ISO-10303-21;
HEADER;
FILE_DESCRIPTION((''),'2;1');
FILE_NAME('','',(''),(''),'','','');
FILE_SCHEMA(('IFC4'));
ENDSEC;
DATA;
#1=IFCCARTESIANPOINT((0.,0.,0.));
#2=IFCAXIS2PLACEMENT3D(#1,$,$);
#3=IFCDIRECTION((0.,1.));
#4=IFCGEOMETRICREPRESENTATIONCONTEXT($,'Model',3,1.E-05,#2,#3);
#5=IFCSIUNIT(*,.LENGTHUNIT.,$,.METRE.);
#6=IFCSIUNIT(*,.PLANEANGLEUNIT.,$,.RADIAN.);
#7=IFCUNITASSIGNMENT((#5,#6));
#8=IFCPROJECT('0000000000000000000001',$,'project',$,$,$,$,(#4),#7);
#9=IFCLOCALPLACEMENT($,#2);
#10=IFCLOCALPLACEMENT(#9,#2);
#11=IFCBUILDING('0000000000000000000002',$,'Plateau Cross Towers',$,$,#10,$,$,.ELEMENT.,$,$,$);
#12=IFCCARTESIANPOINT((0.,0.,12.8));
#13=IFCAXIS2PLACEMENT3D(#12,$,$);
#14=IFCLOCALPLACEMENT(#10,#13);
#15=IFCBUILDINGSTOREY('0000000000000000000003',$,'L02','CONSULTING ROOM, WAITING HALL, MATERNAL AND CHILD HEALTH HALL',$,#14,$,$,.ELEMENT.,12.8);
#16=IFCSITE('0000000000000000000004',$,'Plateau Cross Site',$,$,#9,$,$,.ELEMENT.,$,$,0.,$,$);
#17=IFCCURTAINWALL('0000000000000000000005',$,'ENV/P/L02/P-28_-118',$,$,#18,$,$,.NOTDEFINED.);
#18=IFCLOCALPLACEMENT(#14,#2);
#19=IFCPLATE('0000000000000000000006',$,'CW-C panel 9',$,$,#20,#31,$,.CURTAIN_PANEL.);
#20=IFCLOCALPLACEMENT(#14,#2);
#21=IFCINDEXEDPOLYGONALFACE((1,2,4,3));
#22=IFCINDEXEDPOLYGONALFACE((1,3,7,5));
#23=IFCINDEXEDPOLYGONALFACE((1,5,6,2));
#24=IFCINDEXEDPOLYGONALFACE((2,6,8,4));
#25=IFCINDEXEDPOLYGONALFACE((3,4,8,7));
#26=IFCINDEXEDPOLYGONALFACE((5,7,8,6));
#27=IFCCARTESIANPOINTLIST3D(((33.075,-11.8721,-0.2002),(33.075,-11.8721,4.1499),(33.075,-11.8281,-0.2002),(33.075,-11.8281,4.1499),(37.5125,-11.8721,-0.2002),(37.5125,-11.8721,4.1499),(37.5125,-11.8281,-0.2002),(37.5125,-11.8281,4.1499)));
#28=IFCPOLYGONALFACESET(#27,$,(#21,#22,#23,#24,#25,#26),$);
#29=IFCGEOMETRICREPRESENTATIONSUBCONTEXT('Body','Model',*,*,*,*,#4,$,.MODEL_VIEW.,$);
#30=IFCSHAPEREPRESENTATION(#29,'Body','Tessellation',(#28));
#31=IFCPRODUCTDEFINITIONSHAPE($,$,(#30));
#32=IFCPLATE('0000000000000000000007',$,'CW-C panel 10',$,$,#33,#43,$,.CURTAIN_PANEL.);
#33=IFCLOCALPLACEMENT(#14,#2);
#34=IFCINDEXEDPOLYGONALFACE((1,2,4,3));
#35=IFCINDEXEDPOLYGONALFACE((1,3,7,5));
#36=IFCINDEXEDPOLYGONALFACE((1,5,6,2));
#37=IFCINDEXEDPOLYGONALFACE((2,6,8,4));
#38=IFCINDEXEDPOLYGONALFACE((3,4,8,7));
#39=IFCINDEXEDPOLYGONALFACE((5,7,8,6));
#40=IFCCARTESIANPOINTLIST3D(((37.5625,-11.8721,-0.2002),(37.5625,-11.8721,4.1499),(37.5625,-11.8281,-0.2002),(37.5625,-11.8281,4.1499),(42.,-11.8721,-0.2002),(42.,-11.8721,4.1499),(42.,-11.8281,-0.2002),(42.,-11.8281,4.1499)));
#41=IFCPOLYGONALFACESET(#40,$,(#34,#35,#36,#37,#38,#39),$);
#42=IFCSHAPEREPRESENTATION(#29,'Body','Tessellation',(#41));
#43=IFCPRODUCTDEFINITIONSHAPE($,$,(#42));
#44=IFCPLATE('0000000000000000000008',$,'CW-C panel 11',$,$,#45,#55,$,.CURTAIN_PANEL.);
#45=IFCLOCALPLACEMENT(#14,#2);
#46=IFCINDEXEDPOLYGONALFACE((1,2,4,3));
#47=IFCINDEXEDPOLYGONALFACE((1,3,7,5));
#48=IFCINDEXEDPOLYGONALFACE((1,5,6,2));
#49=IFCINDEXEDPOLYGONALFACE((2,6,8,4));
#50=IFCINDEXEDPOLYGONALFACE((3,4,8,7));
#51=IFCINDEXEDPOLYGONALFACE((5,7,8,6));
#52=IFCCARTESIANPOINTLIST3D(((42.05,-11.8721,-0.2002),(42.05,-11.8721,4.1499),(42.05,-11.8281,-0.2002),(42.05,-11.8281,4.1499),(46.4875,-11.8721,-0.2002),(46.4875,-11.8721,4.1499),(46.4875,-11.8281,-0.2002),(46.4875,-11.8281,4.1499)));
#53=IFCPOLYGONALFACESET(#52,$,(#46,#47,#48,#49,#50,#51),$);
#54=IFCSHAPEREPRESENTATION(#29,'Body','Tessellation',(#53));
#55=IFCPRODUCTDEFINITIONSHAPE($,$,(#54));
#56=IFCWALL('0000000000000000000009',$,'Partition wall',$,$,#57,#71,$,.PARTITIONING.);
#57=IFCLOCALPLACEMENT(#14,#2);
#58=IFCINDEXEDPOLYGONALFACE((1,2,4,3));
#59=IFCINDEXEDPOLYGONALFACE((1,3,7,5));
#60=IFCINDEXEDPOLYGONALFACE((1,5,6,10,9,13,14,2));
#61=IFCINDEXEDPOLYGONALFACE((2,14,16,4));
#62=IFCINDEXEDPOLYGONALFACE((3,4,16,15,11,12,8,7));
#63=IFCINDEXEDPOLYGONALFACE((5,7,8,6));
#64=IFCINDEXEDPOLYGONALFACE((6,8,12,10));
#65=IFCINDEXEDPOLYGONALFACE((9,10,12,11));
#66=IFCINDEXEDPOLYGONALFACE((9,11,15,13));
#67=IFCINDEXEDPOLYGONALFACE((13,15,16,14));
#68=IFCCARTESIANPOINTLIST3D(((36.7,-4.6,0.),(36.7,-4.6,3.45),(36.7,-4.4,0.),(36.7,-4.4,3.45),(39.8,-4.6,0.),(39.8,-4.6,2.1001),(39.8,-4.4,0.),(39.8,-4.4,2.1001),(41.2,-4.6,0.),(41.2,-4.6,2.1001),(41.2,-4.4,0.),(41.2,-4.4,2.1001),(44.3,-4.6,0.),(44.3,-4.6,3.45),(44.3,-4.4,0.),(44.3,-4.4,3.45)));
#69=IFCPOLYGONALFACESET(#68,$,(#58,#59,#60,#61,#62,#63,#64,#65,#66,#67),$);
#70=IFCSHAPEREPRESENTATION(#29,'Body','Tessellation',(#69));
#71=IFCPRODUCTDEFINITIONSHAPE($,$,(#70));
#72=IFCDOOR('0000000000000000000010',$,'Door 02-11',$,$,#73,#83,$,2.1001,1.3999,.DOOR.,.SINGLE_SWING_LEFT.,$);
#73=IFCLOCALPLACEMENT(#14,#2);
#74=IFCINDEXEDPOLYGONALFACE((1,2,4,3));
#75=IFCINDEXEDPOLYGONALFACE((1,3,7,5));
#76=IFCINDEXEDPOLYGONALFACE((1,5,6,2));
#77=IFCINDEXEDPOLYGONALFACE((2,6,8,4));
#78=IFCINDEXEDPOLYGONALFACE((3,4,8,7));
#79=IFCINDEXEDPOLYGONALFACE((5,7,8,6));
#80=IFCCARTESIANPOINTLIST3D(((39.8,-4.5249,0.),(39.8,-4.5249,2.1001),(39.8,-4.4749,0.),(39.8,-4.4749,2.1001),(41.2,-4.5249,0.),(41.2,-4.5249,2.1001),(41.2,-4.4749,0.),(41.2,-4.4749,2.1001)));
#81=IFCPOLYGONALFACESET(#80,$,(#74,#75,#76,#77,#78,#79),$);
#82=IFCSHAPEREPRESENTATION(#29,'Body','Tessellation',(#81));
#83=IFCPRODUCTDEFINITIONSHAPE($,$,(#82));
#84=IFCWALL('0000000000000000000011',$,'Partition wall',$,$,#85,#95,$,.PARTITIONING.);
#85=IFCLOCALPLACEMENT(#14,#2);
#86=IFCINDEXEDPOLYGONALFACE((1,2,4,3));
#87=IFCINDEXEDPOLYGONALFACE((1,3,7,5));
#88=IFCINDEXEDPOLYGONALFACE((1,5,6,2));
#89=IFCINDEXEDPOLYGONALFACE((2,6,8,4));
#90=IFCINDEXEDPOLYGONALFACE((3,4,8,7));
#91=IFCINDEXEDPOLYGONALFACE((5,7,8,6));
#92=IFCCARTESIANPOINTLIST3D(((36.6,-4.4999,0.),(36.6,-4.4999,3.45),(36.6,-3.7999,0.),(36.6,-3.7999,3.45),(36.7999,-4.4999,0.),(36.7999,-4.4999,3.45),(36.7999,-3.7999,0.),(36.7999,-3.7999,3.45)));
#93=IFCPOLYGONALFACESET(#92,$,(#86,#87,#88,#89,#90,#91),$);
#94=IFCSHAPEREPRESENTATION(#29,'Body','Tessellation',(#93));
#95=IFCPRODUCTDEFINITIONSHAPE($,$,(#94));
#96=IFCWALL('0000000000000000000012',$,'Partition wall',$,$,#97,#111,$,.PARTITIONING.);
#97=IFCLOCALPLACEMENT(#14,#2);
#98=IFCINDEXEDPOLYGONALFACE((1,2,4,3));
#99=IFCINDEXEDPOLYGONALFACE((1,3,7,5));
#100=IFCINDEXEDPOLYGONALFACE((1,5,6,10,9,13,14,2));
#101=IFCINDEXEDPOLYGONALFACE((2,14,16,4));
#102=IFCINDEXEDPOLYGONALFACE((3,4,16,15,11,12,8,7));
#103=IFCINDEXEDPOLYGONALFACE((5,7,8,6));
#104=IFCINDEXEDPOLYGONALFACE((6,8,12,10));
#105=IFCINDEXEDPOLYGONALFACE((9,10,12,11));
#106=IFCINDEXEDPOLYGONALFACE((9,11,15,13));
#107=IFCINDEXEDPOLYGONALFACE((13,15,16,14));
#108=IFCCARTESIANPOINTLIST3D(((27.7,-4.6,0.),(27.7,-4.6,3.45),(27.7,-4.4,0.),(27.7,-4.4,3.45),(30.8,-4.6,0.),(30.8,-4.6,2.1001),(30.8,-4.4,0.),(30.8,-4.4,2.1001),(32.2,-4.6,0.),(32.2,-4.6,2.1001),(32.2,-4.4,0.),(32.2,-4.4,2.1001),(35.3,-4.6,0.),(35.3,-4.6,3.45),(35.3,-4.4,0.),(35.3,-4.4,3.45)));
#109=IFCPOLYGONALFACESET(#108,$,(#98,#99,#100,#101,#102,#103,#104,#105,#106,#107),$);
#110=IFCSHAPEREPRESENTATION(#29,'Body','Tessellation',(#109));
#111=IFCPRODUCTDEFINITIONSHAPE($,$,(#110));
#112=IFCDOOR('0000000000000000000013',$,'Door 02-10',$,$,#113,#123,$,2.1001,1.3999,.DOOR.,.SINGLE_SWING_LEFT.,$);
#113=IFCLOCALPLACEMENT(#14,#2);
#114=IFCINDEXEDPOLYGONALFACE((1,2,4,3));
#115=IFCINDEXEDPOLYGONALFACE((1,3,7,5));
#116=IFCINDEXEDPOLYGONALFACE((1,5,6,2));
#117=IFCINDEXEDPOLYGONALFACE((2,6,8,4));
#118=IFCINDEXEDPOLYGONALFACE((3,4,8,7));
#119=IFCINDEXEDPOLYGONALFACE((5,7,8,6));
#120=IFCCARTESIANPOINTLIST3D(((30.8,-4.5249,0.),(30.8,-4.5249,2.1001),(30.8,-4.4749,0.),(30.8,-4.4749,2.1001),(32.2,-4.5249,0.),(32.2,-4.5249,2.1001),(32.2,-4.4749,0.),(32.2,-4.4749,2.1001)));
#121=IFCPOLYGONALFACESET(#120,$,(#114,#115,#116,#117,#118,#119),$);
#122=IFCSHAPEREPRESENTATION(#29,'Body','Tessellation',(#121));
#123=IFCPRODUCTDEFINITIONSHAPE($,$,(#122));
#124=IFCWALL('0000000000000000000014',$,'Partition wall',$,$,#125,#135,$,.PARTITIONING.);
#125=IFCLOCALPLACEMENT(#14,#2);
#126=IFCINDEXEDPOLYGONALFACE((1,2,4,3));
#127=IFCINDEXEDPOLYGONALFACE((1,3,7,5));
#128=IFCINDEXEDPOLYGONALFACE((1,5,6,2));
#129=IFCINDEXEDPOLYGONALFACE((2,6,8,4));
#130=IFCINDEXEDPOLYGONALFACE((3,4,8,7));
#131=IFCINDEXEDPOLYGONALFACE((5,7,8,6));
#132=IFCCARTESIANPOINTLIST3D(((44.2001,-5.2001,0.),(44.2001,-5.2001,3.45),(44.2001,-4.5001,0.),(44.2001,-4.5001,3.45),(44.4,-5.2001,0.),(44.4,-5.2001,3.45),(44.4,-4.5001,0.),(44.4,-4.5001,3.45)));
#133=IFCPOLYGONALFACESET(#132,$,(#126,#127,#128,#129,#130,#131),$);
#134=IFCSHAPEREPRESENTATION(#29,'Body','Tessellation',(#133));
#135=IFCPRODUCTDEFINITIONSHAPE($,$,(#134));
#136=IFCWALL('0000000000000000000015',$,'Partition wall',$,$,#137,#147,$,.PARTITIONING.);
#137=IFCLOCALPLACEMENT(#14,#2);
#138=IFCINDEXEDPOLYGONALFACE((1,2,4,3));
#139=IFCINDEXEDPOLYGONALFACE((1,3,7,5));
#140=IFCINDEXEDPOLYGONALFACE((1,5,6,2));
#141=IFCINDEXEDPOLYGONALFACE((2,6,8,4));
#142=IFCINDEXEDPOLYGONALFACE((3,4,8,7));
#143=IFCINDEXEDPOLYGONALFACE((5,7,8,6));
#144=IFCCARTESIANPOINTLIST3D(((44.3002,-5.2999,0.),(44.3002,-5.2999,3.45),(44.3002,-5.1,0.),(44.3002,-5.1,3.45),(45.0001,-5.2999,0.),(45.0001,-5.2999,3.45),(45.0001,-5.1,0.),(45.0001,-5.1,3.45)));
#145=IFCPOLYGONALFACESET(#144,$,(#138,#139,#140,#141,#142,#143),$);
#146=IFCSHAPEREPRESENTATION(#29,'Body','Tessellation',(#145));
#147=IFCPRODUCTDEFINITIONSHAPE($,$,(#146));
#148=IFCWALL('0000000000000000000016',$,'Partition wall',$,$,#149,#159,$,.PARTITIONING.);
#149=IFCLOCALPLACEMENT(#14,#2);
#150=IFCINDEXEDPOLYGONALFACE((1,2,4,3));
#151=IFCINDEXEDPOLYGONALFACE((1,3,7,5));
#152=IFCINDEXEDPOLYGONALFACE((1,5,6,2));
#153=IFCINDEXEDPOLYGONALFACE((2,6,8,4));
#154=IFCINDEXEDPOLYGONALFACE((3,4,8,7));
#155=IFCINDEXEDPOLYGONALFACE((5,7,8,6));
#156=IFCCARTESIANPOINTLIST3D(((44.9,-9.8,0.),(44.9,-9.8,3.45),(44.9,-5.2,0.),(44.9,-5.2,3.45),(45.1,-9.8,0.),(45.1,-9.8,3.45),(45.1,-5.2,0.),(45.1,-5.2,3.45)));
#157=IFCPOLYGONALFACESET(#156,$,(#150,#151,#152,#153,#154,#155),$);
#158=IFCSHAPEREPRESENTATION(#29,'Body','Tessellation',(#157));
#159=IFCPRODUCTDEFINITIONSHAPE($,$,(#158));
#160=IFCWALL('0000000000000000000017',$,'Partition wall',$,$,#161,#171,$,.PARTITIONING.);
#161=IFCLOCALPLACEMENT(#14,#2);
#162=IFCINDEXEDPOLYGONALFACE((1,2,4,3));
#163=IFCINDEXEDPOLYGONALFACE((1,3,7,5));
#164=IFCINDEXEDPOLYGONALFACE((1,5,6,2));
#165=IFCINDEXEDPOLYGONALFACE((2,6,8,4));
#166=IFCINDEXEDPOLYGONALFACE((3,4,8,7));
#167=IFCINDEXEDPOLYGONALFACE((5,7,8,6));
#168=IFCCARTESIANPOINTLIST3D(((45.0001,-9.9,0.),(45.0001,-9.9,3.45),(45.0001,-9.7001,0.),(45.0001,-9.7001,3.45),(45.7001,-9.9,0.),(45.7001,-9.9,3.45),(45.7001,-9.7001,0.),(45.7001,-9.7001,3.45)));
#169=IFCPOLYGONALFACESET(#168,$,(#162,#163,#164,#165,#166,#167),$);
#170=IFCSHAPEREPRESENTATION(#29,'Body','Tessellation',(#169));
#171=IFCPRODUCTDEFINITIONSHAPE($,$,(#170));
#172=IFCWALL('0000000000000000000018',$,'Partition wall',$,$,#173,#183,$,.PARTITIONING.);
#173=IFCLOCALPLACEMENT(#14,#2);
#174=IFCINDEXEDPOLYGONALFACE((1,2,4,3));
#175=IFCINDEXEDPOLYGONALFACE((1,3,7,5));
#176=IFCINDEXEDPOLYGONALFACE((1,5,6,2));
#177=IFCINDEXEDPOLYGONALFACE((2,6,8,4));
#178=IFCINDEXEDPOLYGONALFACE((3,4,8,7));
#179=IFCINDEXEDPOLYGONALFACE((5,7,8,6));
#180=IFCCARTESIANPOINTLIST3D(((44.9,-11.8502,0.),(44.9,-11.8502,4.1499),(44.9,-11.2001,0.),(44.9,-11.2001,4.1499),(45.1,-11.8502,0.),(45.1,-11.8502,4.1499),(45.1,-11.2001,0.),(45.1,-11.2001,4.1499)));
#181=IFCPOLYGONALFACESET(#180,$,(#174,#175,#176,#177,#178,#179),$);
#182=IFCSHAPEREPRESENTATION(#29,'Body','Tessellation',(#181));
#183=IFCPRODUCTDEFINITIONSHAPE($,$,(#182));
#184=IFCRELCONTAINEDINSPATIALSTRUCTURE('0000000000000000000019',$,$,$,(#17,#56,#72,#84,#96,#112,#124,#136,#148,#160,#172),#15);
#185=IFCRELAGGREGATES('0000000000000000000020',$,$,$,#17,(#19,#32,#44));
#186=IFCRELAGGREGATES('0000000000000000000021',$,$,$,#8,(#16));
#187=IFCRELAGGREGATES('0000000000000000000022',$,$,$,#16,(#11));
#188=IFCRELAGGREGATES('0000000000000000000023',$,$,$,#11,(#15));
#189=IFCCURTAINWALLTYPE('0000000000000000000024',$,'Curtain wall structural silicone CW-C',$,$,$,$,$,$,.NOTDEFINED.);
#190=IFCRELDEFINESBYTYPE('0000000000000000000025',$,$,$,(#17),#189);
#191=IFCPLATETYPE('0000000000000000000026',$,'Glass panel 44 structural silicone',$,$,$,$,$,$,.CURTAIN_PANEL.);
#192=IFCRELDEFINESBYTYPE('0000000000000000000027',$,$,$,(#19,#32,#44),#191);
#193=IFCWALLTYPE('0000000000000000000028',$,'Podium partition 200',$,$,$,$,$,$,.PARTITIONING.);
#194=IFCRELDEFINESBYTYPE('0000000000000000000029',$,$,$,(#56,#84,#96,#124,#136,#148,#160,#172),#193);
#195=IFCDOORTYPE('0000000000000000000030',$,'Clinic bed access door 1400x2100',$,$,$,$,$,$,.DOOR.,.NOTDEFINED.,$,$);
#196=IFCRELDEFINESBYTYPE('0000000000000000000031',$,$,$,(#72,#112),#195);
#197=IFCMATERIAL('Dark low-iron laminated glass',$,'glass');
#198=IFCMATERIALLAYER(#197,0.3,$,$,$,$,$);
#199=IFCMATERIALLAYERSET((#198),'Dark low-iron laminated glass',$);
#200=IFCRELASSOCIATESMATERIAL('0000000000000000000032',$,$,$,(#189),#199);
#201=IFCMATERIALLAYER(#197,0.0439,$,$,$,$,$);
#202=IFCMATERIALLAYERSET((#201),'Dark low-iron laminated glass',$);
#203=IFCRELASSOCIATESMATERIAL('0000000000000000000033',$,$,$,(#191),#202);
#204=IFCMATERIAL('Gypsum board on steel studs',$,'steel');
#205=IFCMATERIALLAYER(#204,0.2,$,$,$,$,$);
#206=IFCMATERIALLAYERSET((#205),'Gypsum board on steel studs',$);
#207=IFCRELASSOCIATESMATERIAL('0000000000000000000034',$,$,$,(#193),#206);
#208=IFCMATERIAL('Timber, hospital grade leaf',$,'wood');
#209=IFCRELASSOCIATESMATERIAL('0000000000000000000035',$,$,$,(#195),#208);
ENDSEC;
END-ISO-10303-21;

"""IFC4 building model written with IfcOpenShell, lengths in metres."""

from ifc_helpers import new_model, si_unit, direction, frame, frame_2d, origin, origin_2d, place, context, subcontext, project, spatial, rectangle, extrude, material, layer, layer_set, type_object, element, fill, aggregate, save


model = new_model("IFC4")

# Units and contexts
model_context = context("Model", 3, precision=1e-05, world=origin(), true_north=direction((0.0, 1.0)))
body_context = subcontext(model_context, "Body", "Model", "MODEL_VIEW")
ifc_project = project(units=[si_unit("LENGTHUNIT", "METRE"), si_unit("PLANEANGLEUNIT", "RADIAN")], contexts=[model_context])

# Site, building, storey
site_placement = place(None, origin())
site = spatial("IfcSite", under=ifc_project, at=site_placement, Name="Plateau Cross Site", CompositionType="ELEMENT", RefElevation=0.0)
building_placement = place(site_placement, origin())
building = spatial("IfcBuilding", under=site, at=building_placement, Name="Plateau Cross Towers", CompositionType="ELEMENT")
storey_placement = place(building_placement, frame((0.0, 0.0, 12.8)))
storey = spatial("IfcBuildingStorey", under=building, at=storey_placement, Name="L02", Description="CONSULTING ROOM, WAITING HALL, MATERNAL AND CHILD HEALTH HALL", CompositionType="ELEMENT", Elevation=12.8)

# Curtain wall
ifc_material_1 = material(Name="Dark low-iron laminated glass", Category="glass")
ifc_layer_1 = layer(ifc_material_1, 0.3)
ifc_layer_set_1 = layer_set([ifc_layer_1], Name="Dark low-iron laminated glass")
curtain_wall_type = type_object("IfcCurtainWallType", Name="Curtain wall structural silicone CW-C", PredefinedType="NOTDEFINED", material=ifc_layer_set_1)
curtain_wall_placement = place(storey_placement, origin())
curtain_wall = element("IfcCurtainWall", 1, at=curtain_wall_placement, inside=storey, type_object=curtain_wall_type, Name="ENV/P/L02/P-28_-118", PredefinedType="NOTDEFINED")

# Plates
ifc_layer_2 = layer(ifc_material_1, 0.0439)
ifc_layer_set_2 = layer_set([ifc_layer_2], Name="Dark low-iron laminated glass")
plate_type = type_object("IfcPlateType", Name="Glass panel 44 structural silicone", PredefinedType="CURTAIN_PANEL", material=ifc_layer_set_2)
plate_1_placement = place(storey_placement, frame((35.2937, -11.8501, -0.2002), z_axis=(0.0, 0.0, 1.0), x_axis=(1.0, 0.0, 0.0)))
plate_1 = element("IfcPlate", 2, at=plate_1_placement, type_object=plate_type, Name="CW-C panel 9", PredefinedType="CURTAIN_PANEL", context=body_context, shape_type="SweptSolid", body=[
    extrude(rectangle(XDim=4.4375, YDim=0.0439, at=origin_2d()), origin(), (0.0, 0.0, 1.0), 4.3501),
])
plate_2_placement = place(storey_placement, frame((39.7812, -11.8501, -0.2002), z_axis=(0.0, 0.0, 1.0), x_axis=(1.0, 0.0, 0.0)))
plate_2 = element("IfcPlate", 3, at=plate_2_placement, type_object=plate_type, Name="CW-C panel 10", PredefinedType="CURTAIN_PANEL", context=body_context, shape_type="SweptSolid", body=[
    extrude(rectangle(XDim=4.4375, YDim=0.0439, at=origin_2d()), origin(), (0.0, 0.0, 1.0), 4.3501),
])
plate_3_placement = place(storey_placement, frame((44.2688, -11.8501, -0.2002), z_axis=(0.0, 0.0, 1.0), x_axis=(1.0, 0.0, 0.0)))
plate_3 = element("IfcPlate", 4, at=plate_3_placement, type_object=plate_type, Name="CW-C panel 11", PredefinedType="CURTAIN_PANEL", context=body_context, shape_type="SweptSolid", body=[
    extrude(rectangle(XDim=4.4375, YDim=0.0439, at=origin_2d()), origin(), (0.0, 0.0, 1.0), 4.3501),
])
aggregate(curtain_wall, [plate_1, plate_2, plate_3])

# Wall, opening, door
ifc_material_2 = material(Name="Gypsum board on steel studs", Category="steel")
ifc_layer_3 = layer(ifc_material_2, 0.2)
ifc_layer_set_3 = layer_set([ifc_layer_3], Name="Gypsum board on steel studs")
wall_type = type_object("IfcWallType", Name="Podium partition 200", PredefinedType="PARTITIONING", material=ifc_layer_set_3)
wall_1_placement = place(storey_placement, frame((44.3, -4.5, 0.0), z_axis=(0.0, 0.0, 1.0), x_axis=(-1.0, 0.0, 0.0)))
wall_1 = element("IfcWall", 5, at=wall_1_placement, inside=storey, type_object=wall_type, Name="Partition wall", PredefinedType="PARTITIONING", context=body_context, shape_type="SweptSolid", body=[
    extrude(rectangle(XDim=7.6001, YDim=0.2, at=frame_2d((3.8, 0.0))), origin(), (0.0, 0.0, 1.0), 3.45),
])
opening_1_placement = place(wall_1_placement, frame((3.1001, 0.0, 0.0)))
opening_1 = element("IfcOpeningElement", 6, at=opening_1_placement, cuts=wall_1, PredefinedType="OPENING", context=body_context, shape_type="SweptSolid", body=[
    extrude(rectangle(XDim=1.3999, YDim=2.1001, at=frame_2d((0.7, 1.05))), frame((0.0, 0.1099, 0.0), z_axis=(0.0, -1.0, 0.0), x_axis=(1.0, 0.0, 0.0)), (0.0, 0.0, 1.0), 0.22),
])
ifc_material_3 = material(Name="Timber, hospital grade leaf", Category="wood")
door_type = type_object("IfcDoorType", Name="Clinic bed access door 1400x2100", OperationType="NOTDEFINED", PredefinedType="DOOR", material=ifc_material_3)
door_1_placement = place(opening_1_placement, origin())
door_1 = element("IfcDoor", 7, at=door_1_placement, inside=storey, type_object=door_type, Name="Door 02-11", OperationType="SINGLE_SWING_LEFT", OverallHeight=2.1001, OverallWidth=1.3999, PredefinedType="DOOR", context=body_context, shape_type="SweptSolid", body=[
    extrude(rectangle(XDim=1.3999, YDim=2.1001, at=frame_2d((0.7, 1.05))), frame((0.0, 0.0249, 0.0), z_axis=(0.0, -1.0, 0.0), x_axis=(1.0, 0.0, 0.0)), (0.0, 0.0, 1.0), 0.05),
])
fill(opening_1, door_1)

# Wall
wall_2_placement = place(storey_placement, frame((36.7, -4.5, 0.0), z_axis=(0.0, 0.0, 1.0), x_axis=(0.0, 1.0, 0.0)))
element("IfcWall", 8, at=wall_2_placement, inside=storey, type_object=wall_type, Name="Partition wall", PredefinedType="PARTITIONING", context=body_context, shape_type="SweptSolid", body=[
    extrude(rectangle(XDim=0.7, YDim=0.2, at=frame_2d((0.3501, 0.0))), origin(), (0.0, 0.0, 1.0), 3.45),
])

# Wall, opening, door
wall_3_placement = place(storey_placement, frame((35.3, -4.5, 0.0), z_axis=(0.0, 0.0, 1.0), x_axis=(-1.0, 0.0, 0.0)))
wall_3 = element("IfcWall", 9, at=wall_3_placement, inside=storey, type_object=wall_type, Name="Partition wall", PredefinedType="PARTITIONING", context=body_context, shape_type="SweptSolid", body=[
    extrude(rectangle(XDim=7.6001, YDim=0.2, at=frame_2d((3.8, 0.0))), origin(), (0.0, 0.0, 1.0), 3.45),
])
opening_2_placement = place(wall_3_placement, frame((3.1001, 0.0, 0.0)))
opening_2 = element("IfcOpeningElement", 10, at=opening_2_placement, cuts=wall_3, PredefinedType="OPENING", context=body_context, shape_type="SweptSolid", body=[
    extrude(rectangle(XDim=1.3999, YDim=2.1001, at=frame_2d((0.7, 1.05))), frame((0.0, 0.1099, 0.0), z_axis=(0.0, -1.0, 0.0), x_axis=(1.0, 0.0, 0.0)), (0.0, 0.0, 1.0), 0.22),
])
door_2_placement = place(opening_2_placement, origin())
door_2 = element("IfcDoor", 11, at=door_2_placement, inside=storey, type_object=door_type, Name="Door 02-10", OperationType="SINGLE_SWING_LEFT", OverallHeight=2.1001, OverallWidth=1.3999, PredefinedType="DOOR", context=body_context, shape_type="SweptSolid", body=[
    extrude(rectangle(XDim=1.3999, YDim=2.1001, at=frame_2d((0.7, 1.05))), frame((0.0, 0.0249, 0.0), z_axis=(0.0, -1.0, 0.0), x_axis=(1.0, 0.0, 0.0)), (0.0, 0.0, 1.0), 0.05),
])
fill(opening_2, door_2)

# Walls
for number, where, z_axis, x_axis, name in (
    (12, (44.3, -4.5, 0.0), (0.0, 0.0, 1.0), (0.0, -1.0, 0.0), "Partition wall"),
    (13, (44.3, -5.2, 0.0), (0.0, 0.0, 1.0), (1.0, 0.0, 0.0), "Partition wall"),
):
    element("IfcWall", number, at=place(storey_placement, frame(where, z_axis=z_axis, x_axis=x_axis)), inside=storey, type_object=wall_type, Name=name, PredefinedType="PARTITIONING", context=body_context, shape_type="SweptSolid", body=[
        extrude(rectangle(XDim=0.7, YDim=0.2, at=frame_2d((0.3501, 0.0))), origin(), (0.0, 0.0, 1.0), 3.45),
    ])
wall_4_placement = place(storey_placement, frame((45.0, -5.2, 0.0), z_axis=(0.0, 0.0, 1.0), x_axis=(0.0, -1.0, 0.0)))
element("IfcWall", 14, at=wall_4_placement, inside=storey, type_object=wall_type, Name="Partition wall", PredefinedType="PARTITIONING", context=body_context, shape_type="SweptSolid", body=[
    extrude(rectangle(XDim=4.6001, YDim=0.2, at=frame_2d((2.3, 0.0))), origin(), (0.0, 0.0, 1.0), 3.45),
])
wall_5_placement = place(storey_placement, frame((45.0, -9.8, 0.0), z_axis=(0.0, 0.0, 1.0), x_axis=(1.0, 0.0, 0.0)))
element("IfcWall", 15, at=wall_5_placement, inside=storey, type_object=wall_type, Name="Partition wall", PredefinedType="PARTITIONING", context=body_context, shape_type="SweptSolid", body=[
    extrude(rectangle(XDim=0.7, YDim=0.2, at=frame_2d((0.3501, 0.0))), origin(), (0.0, 0.0, 1.0), 3.45),
])
wall_6_placement = place(storey_placement, frame((45.0, -11.2, 0.0), z_axis=(0.0, 0.0, 1.0), x_axis=(0.0, -1.0, 0.0)))
element("IfcWall", 16, at=wall_6_placement, inside=storey, type_object=wall_type, Name="Partition wall", PredefinedType="PARTITIONING", context=body_context, shape_type="SweptSolid", body=[
    extrude(rectangle(XDim=0.6501, YDim=0.2, at=frame_2d((0.3252, 0.0))), origin(), (0.0, 0.0, 1.0), 4.1499),
])

save(model, "model.ifc")
